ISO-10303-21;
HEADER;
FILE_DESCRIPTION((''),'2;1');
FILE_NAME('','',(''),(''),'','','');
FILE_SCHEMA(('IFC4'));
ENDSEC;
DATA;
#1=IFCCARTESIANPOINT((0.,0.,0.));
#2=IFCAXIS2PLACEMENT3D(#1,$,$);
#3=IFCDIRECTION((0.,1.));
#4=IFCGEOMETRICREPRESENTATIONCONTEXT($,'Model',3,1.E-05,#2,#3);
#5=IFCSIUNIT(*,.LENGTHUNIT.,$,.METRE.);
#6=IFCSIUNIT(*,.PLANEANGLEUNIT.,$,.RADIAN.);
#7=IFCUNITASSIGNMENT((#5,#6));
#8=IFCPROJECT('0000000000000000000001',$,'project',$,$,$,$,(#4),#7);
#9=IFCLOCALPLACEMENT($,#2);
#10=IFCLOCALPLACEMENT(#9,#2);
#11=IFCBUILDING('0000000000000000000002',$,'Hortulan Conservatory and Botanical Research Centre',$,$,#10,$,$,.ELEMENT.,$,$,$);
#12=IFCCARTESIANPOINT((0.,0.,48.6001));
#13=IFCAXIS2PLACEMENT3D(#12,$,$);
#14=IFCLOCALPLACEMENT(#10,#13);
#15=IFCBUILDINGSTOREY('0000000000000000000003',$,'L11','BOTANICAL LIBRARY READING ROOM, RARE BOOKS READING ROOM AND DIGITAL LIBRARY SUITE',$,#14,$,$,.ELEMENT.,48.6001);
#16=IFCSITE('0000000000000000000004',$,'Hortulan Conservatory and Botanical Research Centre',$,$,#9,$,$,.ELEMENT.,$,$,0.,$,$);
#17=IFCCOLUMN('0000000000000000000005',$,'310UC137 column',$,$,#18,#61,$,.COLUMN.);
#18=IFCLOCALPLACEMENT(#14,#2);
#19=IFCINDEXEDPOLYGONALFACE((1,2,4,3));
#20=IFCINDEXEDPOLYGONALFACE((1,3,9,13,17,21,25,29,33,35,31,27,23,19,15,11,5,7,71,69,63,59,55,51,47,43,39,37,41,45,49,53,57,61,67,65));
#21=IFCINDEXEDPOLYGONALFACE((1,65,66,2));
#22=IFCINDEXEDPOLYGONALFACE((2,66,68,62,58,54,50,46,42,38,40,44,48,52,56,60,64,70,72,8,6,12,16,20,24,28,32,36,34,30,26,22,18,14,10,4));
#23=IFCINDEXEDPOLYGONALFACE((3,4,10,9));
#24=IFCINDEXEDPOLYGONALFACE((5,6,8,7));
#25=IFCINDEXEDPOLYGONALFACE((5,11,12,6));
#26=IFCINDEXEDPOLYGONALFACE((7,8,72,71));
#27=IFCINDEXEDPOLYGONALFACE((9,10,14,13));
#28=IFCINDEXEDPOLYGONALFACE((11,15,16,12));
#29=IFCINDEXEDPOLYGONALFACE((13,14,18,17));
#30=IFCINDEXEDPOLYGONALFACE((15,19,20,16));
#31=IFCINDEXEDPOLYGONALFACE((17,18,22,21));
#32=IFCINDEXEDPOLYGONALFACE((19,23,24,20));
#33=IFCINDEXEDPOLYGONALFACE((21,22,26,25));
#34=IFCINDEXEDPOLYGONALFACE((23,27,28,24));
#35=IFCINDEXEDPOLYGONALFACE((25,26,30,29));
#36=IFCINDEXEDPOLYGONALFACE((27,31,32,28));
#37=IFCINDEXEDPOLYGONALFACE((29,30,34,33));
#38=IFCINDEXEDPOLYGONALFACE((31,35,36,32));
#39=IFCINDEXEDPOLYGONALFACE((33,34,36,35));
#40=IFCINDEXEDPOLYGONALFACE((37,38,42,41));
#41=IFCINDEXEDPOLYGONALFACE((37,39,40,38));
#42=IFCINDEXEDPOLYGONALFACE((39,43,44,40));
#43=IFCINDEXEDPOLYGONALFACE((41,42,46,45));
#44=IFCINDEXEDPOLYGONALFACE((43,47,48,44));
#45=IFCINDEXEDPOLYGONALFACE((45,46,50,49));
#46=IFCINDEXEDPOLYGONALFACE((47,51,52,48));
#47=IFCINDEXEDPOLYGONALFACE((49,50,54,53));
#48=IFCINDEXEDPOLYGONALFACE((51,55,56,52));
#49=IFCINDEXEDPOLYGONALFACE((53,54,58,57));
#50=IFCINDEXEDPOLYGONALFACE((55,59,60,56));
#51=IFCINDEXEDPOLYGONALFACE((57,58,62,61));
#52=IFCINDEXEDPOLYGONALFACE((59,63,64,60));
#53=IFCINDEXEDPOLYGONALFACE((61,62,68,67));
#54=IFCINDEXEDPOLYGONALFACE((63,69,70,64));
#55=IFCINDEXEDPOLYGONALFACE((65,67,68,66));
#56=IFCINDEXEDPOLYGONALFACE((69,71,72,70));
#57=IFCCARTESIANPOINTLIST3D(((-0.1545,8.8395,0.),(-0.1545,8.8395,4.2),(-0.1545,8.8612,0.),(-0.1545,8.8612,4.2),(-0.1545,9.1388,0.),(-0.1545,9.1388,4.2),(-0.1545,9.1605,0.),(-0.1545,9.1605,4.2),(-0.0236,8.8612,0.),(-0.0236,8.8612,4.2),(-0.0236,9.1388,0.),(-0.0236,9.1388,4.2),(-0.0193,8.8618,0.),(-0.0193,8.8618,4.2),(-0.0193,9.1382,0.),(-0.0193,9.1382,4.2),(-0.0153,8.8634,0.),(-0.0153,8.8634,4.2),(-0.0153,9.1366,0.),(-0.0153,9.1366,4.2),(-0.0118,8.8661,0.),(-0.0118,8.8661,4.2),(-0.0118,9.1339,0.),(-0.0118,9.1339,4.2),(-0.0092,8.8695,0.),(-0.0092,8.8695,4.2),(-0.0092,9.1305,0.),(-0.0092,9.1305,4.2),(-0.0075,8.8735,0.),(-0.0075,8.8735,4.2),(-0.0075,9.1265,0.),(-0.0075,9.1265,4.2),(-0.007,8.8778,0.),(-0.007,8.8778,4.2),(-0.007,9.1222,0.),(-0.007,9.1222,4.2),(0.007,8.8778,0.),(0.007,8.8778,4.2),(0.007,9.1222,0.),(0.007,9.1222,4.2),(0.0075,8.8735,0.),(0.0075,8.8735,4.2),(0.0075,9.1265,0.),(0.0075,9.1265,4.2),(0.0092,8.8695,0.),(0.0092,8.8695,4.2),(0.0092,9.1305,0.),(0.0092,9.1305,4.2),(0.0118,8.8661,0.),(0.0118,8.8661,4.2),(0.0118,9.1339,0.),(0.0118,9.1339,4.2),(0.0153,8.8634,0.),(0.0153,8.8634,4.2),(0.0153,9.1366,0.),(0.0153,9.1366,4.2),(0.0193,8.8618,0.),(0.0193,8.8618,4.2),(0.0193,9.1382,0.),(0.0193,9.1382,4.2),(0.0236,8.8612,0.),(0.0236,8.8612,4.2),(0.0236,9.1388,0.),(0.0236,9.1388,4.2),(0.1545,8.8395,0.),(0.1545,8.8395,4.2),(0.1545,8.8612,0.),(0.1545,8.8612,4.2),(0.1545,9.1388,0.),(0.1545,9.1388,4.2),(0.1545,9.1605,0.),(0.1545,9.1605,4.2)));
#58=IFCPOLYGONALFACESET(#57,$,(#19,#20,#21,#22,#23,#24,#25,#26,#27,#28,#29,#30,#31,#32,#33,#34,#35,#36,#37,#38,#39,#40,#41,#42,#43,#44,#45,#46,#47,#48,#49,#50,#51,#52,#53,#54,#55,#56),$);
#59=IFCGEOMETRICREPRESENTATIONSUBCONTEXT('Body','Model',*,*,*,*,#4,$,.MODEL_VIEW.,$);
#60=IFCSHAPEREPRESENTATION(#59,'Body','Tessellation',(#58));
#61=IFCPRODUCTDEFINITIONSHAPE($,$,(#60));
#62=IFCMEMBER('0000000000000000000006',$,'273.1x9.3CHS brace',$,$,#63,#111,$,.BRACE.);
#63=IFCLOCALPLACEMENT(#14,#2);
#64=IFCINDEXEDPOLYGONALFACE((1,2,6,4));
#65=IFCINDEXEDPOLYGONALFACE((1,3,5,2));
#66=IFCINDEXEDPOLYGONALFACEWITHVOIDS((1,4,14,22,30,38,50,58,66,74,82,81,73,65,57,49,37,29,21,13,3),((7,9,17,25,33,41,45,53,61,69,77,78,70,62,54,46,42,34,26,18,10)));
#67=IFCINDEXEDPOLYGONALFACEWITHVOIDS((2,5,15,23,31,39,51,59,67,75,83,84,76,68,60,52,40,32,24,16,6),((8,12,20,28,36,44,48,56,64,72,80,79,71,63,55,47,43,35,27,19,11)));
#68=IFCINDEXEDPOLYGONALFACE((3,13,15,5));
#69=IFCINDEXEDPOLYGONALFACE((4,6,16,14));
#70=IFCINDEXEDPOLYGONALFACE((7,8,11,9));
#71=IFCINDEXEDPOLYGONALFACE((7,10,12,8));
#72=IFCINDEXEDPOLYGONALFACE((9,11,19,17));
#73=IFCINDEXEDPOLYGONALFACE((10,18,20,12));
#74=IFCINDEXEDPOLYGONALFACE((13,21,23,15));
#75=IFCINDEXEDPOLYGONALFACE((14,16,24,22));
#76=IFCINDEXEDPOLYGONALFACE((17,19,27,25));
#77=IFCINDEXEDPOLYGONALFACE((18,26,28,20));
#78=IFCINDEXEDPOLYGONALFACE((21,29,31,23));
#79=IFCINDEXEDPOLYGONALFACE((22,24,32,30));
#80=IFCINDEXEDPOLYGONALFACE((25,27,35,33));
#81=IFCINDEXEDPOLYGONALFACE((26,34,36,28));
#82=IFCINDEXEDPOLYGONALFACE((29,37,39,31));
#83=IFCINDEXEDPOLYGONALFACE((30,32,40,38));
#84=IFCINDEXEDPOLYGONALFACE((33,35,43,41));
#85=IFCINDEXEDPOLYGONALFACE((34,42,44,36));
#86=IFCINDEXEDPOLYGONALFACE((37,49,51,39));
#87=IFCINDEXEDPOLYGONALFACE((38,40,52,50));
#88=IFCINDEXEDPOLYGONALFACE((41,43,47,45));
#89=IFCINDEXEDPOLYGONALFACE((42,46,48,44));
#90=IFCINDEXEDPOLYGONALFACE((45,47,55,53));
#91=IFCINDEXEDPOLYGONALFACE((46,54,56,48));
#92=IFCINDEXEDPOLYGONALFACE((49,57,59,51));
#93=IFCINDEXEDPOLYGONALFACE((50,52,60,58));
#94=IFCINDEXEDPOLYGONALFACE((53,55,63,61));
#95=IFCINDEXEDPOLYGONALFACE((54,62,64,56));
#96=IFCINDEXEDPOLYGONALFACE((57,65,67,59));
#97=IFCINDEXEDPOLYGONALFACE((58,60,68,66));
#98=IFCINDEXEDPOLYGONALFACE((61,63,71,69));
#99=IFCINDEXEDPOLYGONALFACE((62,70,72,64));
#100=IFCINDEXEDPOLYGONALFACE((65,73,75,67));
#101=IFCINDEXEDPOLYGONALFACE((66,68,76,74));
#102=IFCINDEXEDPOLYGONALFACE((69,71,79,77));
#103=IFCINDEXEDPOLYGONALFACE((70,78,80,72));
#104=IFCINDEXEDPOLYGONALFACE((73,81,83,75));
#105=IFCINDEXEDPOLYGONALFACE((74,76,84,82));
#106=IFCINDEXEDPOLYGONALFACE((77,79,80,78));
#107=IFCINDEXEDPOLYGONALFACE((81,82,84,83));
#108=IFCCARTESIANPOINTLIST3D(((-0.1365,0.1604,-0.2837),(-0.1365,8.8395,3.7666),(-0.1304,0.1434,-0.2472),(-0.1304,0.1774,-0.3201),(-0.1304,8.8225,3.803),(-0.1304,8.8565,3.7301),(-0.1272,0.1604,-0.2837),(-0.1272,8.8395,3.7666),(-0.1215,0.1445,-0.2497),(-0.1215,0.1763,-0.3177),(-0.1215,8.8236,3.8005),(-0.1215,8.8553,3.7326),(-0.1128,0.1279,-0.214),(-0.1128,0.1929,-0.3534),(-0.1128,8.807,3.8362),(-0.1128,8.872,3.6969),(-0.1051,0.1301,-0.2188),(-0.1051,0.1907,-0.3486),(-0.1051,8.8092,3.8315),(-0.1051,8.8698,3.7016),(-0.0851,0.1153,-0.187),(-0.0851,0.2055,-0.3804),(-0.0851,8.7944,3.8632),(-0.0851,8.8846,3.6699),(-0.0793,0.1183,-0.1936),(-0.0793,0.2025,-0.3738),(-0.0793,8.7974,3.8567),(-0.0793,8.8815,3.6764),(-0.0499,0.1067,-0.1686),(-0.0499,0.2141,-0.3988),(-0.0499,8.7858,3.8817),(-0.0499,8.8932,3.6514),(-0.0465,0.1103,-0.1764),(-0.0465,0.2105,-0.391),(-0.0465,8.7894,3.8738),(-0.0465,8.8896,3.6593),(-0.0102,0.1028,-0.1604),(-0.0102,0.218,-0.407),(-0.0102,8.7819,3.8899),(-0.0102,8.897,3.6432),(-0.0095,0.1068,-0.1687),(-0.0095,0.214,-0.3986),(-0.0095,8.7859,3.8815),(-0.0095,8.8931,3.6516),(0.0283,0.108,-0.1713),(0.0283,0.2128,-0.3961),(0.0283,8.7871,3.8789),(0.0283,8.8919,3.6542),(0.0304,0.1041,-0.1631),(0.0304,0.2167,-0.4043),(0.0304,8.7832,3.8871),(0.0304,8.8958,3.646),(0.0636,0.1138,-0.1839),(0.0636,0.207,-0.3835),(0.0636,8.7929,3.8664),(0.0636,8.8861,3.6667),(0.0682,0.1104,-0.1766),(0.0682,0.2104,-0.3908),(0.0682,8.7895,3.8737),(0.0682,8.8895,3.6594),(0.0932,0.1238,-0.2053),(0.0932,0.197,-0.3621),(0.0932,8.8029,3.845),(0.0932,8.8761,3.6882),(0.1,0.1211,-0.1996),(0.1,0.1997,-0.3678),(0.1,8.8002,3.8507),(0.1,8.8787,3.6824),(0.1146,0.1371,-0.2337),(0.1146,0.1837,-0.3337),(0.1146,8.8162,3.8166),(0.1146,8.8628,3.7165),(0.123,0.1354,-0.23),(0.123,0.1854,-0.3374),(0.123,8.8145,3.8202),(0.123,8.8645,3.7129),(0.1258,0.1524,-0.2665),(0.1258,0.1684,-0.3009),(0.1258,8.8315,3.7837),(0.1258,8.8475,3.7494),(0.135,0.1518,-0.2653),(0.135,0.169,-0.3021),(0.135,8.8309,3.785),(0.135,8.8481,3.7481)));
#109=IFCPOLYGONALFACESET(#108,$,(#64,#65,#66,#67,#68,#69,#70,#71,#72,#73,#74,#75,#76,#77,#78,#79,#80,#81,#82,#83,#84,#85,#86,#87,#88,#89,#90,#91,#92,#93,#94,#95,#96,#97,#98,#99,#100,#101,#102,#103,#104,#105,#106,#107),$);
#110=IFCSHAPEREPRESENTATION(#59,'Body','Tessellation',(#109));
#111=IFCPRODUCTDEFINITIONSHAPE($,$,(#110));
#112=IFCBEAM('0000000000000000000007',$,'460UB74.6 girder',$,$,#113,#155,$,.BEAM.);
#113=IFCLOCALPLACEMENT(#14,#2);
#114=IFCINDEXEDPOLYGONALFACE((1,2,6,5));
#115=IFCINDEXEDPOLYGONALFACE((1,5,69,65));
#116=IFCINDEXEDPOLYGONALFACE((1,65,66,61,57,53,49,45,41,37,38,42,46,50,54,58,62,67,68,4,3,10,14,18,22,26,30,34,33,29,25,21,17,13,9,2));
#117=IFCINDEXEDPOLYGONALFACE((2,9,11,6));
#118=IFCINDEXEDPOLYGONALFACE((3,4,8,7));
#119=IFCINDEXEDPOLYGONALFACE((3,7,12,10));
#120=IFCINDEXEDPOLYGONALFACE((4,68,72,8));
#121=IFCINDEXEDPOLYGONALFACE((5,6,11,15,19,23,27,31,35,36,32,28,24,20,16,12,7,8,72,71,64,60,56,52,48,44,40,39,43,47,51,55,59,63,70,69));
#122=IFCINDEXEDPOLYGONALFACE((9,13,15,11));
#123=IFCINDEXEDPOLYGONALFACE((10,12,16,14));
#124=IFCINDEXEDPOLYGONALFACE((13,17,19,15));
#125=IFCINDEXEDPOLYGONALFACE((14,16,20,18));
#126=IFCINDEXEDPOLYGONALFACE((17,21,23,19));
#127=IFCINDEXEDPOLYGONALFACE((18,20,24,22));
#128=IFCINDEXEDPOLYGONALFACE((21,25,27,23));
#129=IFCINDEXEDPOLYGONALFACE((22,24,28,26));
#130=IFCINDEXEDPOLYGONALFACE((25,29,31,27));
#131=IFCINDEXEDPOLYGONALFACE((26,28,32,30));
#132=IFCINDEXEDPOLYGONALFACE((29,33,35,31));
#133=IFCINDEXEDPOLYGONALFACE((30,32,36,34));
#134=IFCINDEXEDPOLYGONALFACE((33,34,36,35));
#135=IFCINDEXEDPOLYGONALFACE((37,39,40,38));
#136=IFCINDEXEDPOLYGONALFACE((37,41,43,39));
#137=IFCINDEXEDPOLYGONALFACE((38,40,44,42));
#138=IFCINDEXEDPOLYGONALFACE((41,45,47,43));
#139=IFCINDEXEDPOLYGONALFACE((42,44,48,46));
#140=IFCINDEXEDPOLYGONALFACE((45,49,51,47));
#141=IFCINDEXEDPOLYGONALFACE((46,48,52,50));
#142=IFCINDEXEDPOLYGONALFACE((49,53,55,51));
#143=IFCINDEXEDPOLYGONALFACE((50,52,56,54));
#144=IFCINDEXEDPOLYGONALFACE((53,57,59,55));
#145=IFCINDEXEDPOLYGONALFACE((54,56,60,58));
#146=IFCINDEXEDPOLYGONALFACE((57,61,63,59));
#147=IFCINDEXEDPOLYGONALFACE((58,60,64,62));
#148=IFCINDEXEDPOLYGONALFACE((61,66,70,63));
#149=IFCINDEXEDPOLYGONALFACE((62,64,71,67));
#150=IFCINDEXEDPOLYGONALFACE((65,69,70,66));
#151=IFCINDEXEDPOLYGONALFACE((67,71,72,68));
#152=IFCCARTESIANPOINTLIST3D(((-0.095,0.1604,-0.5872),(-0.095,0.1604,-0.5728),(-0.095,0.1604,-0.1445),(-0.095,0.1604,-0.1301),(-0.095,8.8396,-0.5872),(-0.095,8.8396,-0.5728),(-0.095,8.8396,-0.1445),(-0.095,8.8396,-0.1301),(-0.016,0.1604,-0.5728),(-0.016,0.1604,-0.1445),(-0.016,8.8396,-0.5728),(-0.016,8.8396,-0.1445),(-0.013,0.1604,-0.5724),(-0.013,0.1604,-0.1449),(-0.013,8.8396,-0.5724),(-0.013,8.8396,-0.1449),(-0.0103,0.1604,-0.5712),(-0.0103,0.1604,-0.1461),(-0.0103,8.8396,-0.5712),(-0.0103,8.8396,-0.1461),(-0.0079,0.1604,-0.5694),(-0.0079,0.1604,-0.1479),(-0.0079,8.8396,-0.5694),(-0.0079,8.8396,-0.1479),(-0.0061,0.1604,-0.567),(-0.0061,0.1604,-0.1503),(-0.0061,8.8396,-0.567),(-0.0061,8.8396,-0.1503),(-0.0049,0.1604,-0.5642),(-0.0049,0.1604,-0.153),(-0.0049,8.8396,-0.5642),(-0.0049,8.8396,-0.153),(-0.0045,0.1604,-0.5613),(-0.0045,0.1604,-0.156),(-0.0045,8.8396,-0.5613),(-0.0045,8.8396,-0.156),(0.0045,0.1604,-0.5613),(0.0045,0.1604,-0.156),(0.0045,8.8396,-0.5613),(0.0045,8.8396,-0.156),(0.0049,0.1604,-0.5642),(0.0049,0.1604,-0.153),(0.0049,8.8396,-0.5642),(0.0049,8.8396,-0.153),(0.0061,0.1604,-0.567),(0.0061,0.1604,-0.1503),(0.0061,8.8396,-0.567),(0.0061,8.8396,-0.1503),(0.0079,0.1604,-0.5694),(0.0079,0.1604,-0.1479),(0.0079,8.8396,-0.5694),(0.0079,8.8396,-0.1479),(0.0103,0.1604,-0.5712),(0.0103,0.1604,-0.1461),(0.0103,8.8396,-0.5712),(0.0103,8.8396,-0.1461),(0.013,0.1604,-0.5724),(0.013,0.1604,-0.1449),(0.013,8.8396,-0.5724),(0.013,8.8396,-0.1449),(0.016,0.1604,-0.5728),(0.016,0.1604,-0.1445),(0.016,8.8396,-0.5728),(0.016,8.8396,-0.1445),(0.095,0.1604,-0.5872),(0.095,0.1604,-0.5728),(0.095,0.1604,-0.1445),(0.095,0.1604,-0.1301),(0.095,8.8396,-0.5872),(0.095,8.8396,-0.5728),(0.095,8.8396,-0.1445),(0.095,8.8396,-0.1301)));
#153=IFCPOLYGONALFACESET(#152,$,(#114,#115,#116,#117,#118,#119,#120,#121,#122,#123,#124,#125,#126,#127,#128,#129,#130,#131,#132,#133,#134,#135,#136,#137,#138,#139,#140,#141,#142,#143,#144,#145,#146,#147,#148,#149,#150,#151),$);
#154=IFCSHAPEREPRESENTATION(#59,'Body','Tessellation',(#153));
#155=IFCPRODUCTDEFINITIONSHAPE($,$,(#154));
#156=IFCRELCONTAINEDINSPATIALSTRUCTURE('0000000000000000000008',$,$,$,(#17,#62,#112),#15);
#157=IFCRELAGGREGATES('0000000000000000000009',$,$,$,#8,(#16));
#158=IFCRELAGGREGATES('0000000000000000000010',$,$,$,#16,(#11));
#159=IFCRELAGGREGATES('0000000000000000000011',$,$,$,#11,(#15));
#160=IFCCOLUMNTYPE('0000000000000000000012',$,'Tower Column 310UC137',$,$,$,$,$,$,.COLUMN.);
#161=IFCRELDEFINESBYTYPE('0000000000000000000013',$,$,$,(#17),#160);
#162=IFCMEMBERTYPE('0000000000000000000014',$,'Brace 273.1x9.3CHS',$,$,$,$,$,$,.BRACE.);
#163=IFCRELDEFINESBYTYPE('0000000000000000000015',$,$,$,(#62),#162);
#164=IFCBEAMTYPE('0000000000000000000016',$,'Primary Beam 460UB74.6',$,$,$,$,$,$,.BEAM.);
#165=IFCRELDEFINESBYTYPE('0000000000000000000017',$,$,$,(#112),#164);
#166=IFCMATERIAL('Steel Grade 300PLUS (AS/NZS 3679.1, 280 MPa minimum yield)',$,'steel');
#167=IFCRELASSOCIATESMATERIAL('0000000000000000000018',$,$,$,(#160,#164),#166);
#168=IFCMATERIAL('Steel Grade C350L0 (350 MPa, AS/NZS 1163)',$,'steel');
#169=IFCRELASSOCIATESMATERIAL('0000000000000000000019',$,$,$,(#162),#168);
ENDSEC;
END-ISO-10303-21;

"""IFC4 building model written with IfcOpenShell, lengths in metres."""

from ifc_helpers import new_model, si_unit, direction, frame, origin, origin_2d, place, context, subcontext, project, spatial, hollow_circle, i_section, extrude, material, material_profile, profile_set, type_object, element, save


model = new_model("IFC4")

# Units and contexts
model_context = context("Model", 3, precision=1e-05, world=origin(), true_north=direction((0.0, 1.0)))
body_context = subcontext(model_context, "Body", "Model", "MODEL_VIEW")
ifc_project = project(units=[si_unit("LENGTHUNIT", "METRE"), si_unit("PLANEANGLEUNIT", "RADIAN")], contexts=[model_context])

# Site, building, storey
site_placement = place(None, origin())
site = spatial("IfcSite", under=ifc_project, at=site_placement, Name="Hortulan Conservatory and Botanical Research Centre", CompositionType="ELEMENT", RefElevation=0.0)
building_placement = place(site_placement, origin())
building = spatial("IfcBuilding", under=site, at=building_placement, Name="Hortulan Conservatory and Botanical Research Centre", CompositionType="ELEMENT")
storey_placement = place(building_placement, frame((0.0, 0.0, 48.6001)))
storey = spatial("IfcBuildingStorey", under=building, at=storey_placement, Name="L11", Description="BOTANICAL LIBRARY READING ROOM, RARE BOOKS READING ROOM AND DIGITAL LIBRARY SUITE", CompositionType="ELEMENT", Elevation=48.6001)

# Column
ifc_material_1 = material(Name="Steel Grade 300PLUS (AS/NZS 3679.1, 280 MPa minimum yield)", Category="steel")
ifc_material_profile_1 = material_profile(ifc_material_1, i_section(OverallWidth=0.3091, OverallDepth=0.321, WebThickness=0.0139, FlangeThickness=0.0217, FilletRadius=0.0166, at=origin_2d()), Name="310UC137")
ifc_profile_set_1 = profile_set([ifc_material_profile_1], Name="Steel Grade 300PLUS (AS/NZS 3679.1, 280 MPa minimum yield)")
column_type = type_object("IfcColumnType", Name="Tower Column 310UC137", PredefinedType="COLUMN", material=ifc_profile_set_1)
column_placement = place(storey_placement, frame((0.0, 9.0, 0.0), z_axis=(0.0, 0.0, 1.0), x_axis=(1.0, 0.0, 0.0)))
element("IfcColumn", 1, at=column_placement, inside=storey, type_object=column_type, Name="310UC137 column", PredefinedType="COLUMN", context=body_context, shape_type="SweptSolid", body=[
    extrude(i_section(OverallWidth=0.3091, OverallDepth=0.321, WebThickness=0.0139, FlangeThickness=0.0217, FilletRadius=0.0166, at=origin_2d()), origin(), (0.0, 0.0, 1.0), 4.2),
])

# Member
ifc_material_2 = material(Name="Steel Grade C350L0 (350 MPa, AS/NZS 1163)", Category="steel")
ifc_material_profile_2 = material_profile(ifc_material_2, hollow_circle(Radius=0.1365, WallThickness=0.0093, at=origin_2d()), Name="273.1x9.3CHS")
ifc_profile_set_2 = profile_set([ifc_material_profile_2], Name="Steel Grade C350L0 (350 MPa, AS/NZS 1163)")
member_type = type_object("IfcMemberType", Name="Brace 273.1x9.3CHS", PredefinedType="BRACE", material=ifc_profile_set_2)
member_placement = place(storey_placement, frame((0.0, 0.1604, -0.2837), z_axis=(0.0, 0.906183, 0.422885), x_axis=(-1.0, 0.0, 0.0)))
element("IfcMember", 2, at=member_placement, inside=storey, type_object=member_type, Name="273.1x9.3CHS brace", PredefinedType="BRACE", context=body_context, shape_type="SweptSolid", body=[
    extrude(hollow_circle(Radius=0.1365, WallThickness=0.0093, at=origin_2d()), origin(), (0.0, 0.0, 1.0), 9.5776),
])

# Beam
ifc_material_profile_3 = material_profile(ifc_material_1, i_section(OverallWidth=0.1899, OverallDepth=0.457, WebThickness=0.009, FlangeThickness=0.0144, FilletRadius=0.0115, at=origin_2d()), Name="460UB74.6")
ifc_profile_set_3 = profile_set([ifc_material_profile_3], Name="Steel Grade 300PLUS (AS/NZS 3679.1, 280 MPa minimum yield)")
beam_type_1 = type_object("IfcBeamType", Name="Primary Beam 460UB74.6", PredefinedType="BEAM", material=ifc_profile_set_3)
beam_1_placement = place(storey_placement, frame((0.0, 0.1604, -0.3586), z_axis=(0.0, 1.0, 0.0), x_axis=(-1.0, 0.0, 0.0)))
element("IfcBeam", 3, at=beam_1_placement, inside=storey, type_object=beam_type_1, Name="460UB74.6 girder", PredefinedType="BEAM", context=body_context, shape_type="SweptSolid", body=[
    extrude(i_section(OverallWidth=0.1899, OverallDepth=0.457, WebThickness=0.009, FlangeThickness=0.0144, FilletRadius=0.0115, at=origin_2d()), origin(), (0.0, 0.0, 1.0), 8.6792),
])

save(model, "model.ifc")
